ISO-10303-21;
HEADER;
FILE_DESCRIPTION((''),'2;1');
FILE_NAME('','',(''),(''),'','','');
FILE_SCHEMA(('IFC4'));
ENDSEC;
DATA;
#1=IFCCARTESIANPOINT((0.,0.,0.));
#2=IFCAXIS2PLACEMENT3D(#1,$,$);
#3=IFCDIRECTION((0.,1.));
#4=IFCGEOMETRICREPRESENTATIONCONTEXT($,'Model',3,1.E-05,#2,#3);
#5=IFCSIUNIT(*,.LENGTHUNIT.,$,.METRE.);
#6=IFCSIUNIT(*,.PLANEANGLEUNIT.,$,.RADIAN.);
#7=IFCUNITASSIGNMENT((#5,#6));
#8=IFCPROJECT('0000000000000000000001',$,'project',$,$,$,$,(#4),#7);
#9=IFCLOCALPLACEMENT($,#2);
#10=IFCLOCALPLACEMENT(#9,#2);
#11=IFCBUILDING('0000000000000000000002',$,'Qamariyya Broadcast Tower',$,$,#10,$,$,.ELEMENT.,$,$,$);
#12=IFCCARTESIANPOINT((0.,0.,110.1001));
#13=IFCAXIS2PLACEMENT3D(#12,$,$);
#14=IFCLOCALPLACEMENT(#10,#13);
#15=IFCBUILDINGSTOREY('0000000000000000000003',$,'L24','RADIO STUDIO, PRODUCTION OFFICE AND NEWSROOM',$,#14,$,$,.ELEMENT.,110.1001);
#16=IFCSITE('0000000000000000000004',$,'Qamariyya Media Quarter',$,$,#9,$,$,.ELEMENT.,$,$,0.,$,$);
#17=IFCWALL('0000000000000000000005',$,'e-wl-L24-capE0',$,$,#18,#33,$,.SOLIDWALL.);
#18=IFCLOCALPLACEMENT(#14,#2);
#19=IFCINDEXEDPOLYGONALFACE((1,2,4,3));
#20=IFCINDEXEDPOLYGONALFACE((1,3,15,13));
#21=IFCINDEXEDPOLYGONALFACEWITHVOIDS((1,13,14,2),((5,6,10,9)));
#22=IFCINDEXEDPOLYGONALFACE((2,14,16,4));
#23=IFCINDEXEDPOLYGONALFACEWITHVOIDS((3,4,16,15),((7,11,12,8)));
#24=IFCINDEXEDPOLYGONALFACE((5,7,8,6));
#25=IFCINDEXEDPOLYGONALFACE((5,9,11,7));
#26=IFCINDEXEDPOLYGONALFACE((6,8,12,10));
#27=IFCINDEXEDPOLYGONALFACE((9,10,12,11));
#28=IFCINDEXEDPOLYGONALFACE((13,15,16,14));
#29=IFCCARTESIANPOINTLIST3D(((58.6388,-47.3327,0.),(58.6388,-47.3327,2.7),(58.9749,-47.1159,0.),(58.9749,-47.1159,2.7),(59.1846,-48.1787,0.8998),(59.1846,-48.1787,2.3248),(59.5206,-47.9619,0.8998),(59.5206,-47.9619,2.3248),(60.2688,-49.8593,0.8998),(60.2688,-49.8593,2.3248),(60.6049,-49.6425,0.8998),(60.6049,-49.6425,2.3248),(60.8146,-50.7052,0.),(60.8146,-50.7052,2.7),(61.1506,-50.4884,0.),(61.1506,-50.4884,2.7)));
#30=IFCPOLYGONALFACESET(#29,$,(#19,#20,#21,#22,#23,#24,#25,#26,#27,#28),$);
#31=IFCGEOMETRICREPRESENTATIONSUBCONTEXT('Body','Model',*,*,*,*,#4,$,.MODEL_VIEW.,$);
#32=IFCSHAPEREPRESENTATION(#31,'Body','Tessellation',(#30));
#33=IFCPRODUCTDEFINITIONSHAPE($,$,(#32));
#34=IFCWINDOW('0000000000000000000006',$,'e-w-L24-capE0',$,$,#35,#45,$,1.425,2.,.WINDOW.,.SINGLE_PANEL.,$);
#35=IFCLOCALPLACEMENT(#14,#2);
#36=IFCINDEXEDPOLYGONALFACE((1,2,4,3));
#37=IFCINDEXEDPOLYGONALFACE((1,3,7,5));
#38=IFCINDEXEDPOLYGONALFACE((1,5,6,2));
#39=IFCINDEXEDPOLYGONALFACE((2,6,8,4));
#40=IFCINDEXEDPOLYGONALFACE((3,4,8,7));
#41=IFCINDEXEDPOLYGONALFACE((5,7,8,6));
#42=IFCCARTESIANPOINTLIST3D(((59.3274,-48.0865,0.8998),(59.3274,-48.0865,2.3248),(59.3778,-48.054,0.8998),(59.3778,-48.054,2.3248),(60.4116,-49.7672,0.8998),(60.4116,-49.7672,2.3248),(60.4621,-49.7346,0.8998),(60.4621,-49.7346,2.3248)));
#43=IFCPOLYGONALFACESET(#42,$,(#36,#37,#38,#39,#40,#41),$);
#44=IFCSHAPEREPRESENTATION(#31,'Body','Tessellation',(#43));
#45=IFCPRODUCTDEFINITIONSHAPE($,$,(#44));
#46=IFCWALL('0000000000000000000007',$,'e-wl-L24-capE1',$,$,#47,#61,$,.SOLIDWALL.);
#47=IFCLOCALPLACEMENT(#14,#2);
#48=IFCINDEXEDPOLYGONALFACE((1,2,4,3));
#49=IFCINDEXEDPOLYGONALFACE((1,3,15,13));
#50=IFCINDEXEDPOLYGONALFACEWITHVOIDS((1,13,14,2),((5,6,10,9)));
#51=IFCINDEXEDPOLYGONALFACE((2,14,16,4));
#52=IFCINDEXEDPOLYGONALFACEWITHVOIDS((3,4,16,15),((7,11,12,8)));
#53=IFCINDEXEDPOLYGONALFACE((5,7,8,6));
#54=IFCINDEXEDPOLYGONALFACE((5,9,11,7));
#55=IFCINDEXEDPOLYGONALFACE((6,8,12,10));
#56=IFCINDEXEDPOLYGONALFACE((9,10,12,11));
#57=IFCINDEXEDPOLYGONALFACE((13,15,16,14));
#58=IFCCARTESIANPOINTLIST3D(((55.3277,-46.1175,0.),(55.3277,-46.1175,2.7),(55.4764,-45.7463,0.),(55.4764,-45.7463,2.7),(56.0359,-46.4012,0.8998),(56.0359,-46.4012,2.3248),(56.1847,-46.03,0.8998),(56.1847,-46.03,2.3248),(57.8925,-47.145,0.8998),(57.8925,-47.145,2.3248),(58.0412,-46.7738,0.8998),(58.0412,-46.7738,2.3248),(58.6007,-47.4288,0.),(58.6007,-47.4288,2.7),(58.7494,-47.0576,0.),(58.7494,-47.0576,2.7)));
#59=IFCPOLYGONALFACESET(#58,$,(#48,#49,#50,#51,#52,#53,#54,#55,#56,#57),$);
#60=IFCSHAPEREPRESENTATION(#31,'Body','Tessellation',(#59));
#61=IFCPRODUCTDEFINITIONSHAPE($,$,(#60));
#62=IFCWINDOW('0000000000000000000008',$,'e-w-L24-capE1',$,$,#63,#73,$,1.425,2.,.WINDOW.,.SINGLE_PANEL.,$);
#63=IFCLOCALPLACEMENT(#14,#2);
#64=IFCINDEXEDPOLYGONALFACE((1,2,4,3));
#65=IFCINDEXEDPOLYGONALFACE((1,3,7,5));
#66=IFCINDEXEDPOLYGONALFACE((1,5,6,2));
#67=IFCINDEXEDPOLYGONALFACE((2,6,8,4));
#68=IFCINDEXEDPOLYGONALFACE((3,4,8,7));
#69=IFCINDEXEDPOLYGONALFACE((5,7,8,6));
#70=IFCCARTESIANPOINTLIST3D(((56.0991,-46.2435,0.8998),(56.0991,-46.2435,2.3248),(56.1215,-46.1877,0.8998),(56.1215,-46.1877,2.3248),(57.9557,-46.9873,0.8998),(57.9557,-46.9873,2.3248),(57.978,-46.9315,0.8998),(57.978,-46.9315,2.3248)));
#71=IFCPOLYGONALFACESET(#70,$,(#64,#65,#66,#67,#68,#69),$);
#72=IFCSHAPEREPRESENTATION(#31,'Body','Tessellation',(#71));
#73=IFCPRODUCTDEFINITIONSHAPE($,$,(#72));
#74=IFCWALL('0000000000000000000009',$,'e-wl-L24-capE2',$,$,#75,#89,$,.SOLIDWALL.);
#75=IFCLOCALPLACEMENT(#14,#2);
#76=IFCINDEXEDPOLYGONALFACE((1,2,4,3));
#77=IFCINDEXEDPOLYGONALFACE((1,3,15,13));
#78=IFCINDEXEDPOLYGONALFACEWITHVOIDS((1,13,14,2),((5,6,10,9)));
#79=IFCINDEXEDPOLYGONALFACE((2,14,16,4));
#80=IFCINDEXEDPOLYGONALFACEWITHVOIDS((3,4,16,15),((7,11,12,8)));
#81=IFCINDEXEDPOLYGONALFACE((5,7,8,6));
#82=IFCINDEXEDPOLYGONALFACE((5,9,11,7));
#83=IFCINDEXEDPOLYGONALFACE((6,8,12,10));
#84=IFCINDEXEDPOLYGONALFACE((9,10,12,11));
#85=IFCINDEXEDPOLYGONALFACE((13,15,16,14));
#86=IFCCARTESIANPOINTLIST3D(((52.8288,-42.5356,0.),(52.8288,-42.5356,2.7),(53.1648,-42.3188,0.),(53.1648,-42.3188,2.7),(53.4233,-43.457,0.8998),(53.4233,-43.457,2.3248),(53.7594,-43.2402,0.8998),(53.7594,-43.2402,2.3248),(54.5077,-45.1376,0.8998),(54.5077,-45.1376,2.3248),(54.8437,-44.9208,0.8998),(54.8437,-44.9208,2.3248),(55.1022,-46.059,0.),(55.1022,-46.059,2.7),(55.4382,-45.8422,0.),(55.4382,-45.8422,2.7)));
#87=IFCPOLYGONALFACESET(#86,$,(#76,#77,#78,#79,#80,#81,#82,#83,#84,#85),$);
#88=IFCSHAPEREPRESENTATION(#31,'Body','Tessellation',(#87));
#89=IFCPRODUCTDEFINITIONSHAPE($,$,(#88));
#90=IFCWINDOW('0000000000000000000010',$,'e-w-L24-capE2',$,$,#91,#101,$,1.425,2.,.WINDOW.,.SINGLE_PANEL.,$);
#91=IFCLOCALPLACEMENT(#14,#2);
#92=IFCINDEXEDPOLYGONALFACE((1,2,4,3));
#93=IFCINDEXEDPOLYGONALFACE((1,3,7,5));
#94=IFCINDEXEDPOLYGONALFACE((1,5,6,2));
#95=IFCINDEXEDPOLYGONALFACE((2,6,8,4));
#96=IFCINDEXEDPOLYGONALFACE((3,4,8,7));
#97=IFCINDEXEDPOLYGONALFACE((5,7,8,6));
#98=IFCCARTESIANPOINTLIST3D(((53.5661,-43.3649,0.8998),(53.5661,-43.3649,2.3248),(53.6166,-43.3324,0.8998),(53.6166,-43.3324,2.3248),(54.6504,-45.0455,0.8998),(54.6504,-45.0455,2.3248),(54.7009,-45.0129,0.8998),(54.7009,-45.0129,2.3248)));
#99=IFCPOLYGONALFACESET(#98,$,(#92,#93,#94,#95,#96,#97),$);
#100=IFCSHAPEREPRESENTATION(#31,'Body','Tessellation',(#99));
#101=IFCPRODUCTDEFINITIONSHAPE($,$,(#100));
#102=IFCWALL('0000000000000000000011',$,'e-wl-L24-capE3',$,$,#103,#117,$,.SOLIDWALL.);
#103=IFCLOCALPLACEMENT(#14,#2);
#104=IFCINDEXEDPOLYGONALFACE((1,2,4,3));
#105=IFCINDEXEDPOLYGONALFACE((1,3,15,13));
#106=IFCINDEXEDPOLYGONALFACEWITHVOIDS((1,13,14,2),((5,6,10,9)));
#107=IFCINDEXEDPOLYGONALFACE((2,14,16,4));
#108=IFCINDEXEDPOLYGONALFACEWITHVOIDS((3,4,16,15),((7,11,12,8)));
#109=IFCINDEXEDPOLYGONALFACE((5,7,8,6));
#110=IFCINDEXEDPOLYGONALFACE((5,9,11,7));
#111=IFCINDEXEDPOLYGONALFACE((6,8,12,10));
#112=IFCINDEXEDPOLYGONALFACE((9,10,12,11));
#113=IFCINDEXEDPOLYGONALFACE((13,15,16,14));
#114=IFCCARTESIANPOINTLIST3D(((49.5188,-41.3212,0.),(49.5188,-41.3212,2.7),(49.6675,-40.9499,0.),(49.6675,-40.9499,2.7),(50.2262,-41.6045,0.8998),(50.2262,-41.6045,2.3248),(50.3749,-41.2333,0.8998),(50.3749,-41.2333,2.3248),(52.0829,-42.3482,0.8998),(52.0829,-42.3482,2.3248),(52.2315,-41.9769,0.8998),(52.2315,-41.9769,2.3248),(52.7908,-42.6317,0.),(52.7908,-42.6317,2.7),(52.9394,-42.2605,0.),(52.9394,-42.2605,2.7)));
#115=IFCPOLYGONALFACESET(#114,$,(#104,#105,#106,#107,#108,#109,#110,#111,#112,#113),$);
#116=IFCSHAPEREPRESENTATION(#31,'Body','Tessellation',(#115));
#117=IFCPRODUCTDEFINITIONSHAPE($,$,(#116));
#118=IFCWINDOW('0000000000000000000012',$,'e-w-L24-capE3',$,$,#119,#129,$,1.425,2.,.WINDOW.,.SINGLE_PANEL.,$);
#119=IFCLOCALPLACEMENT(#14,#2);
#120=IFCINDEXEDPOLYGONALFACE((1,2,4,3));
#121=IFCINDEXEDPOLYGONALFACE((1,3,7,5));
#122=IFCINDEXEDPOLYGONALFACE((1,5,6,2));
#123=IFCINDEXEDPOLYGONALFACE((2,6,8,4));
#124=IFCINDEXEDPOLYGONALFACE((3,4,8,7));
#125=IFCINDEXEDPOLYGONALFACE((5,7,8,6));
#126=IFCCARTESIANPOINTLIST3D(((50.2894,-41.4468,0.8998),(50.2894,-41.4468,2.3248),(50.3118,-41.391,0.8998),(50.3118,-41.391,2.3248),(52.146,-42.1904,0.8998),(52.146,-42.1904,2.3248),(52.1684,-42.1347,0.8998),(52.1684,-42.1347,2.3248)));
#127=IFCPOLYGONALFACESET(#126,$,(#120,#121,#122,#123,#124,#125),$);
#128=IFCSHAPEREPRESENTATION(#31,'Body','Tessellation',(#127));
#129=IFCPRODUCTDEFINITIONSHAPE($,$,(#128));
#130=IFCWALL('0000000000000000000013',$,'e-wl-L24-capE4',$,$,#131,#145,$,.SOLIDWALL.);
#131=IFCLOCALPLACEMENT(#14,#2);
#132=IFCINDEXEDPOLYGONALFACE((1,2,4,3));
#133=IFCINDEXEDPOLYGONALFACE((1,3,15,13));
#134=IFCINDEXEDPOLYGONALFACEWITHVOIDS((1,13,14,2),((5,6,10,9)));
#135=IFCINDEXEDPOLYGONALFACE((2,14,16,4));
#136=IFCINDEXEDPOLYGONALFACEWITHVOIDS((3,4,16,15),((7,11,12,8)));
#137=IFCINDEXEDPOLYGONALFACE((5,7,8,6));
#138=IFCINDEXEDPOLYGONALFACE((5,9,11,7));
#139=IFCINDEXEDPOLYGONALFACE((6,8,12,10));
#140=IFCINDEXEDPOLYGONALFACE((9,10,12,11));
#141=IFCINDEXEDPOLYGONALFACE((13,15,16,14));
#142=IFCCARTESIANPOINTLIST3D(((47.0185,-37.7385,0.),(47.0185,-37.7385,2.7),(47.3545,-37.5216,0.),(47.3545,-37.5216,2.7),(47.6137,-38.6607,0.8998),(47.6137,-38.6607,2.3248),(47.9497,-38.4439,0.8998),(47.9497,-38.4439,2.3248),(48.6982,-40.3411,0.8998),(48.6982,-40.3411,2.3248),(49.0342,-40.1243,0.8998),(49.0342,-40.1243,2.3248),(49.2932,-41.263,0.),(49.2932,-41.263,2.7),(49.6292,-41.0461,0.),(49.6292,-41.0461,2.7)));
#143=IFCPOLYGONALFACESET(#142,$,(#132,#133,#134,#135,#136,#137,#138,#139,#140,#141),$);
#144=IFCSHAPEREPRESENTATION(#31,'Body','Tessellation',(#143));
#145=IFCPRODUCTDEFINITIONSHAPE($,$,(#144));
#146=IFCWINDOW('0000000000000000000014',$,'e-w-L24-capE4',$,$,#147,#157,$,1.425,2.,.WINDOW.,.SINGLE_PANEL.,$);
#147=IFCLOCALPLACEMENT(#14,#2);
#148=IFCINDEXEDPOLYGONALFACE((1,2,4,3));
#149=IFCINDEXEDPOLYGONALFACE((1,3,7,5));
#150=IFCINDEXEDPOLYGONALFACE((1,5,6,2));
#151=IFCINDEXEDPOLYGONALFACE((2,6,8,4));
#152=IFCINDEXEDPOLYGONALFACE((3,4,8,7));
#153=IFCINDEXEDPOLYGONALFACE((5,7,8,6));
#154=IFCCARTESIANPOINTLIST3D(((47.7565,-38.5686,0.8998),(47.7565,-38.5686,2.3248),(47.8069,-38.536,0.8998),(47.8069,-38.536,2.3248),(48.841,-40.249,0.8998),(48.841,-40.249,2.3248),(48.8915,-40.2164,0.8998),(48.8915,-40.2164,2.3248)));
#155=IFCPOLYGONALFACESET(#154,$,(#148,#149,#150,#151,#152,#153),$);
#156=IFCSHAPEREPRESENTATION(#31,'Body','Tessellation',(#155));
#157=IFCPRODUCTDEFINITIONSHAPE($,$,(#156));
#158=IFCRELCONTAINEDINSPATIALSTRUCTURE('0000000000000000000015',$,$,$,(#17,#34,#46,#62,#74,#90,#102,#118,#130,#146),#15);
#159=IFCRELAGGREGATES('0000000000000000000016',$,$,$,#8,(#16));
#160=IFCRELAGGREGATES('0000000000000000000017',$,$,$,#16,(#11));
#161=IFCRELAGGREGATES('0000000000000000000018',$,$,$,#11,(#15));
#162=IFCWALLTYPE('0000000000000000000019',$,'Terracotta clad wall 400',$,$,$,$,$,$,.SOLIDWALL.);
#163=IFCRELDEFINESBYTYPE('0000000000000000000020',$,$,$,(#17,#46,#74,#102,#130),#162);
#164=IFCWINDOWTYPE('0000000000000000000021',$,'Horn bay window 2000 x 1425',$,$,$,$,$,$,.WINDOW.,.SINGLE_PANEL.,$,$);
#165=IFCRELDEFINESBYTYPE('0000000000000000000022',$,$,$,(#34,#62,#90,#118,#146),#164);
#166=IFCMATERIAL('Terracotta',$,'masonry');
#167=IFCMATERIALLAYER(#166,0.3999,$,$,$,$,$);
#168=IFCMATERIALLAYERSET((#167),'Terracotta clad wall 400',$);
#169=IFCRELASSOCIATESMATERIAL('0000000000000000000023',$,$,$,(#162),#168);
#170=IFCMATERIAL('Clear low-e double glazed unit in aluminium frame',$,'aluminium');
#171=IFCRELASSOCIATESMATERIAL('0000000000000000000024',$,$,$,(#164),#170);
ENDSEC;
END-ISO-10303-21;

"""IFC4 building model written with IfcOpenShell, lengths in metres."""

from ifc_helpers import new_model, si_unit, direction, frame, frame_2d, origin, place, context, subcontext, project, spatial, rectangle, extrude, material, layer, layer_set, type_object, element, fill, save


model = new_model("IFC4")

# Units and contexts
model_context = context("Model", 3, precision=1e-05, world=origin(), true_north=direction((0.0, 1.0)))
body_context = subcontext(model_context, "Body", "Model", "MODEL_VIEW")
ifc_project = project(units=[si_unit("LENGTHUNIT", "METRE"), si_unit("PLANEANGLEUNIT", "RADIAN")], contexts=[model_context])

# Site, building, storey
site_placement = place(None, origin())
site = spatial("IfcSite", under=ifc_project, at=site_placement, Name="Qamariyya Media Quarter", CompositionType="ELEMENT", RefElevation=0.0)
building_placement = place(site_placement, origin())
building = spatial("IfcBuilding", under=site, at=building_placement, Name="Qamariyya Broadcast Tower", CompositionType="ELEMENT")
storey_placement = place(building_placement, frame((0.0, 0.0, 110.1001)))
storey = spatial("IfcBuildingStorey", under=building, at=storey_placement, Name="L24", Description="RADIO STUDIO, PRODUCTION OFFICE AND NEWSROOM", CompositionType="ELEMENT", Elevation=110.1001)

# Walls, openings, windows
ifc_material_1 = material(Name="Terracotta", Category="masonry")
ifc_layer = layer(ifc_material_1, 0.3999)
ifc_layer_set = layer_set([ifc_layer], Name="Terracotta clad wall 400")
wall_type = type_object("IfcWallType", Name="Terracotta clad wall 400", PredefinedType="SOLIDWALL", material=ifc_layer_set)
wall_1_placement = place(storey_placement, frame((60.9827, -50.5969, 0.0), z_axis=(0.0, 0.0, 1.0), x_axis=(-0.542116, 0.840304, 0.0)))
wall_1 = element("IfcWall", 1, at=wall_1_placement, inside=storey, type_object=wall_type, Name="e-wl-L24-capE0", PredefinedType="SOLIDWALL", context=body_context, shape_type="SweptSolid", body=[
    extrude(rectangle(XDim=4.0134, YDim=0.3999, at=frame_2d((2.0068, 0.0))), origin(), (0.0, 0.0, 1.0), 2.7),
])
opening_1_placement = place(wall_1_placement, frame((1.0068, 0.0, 0.8999)))
opening_1 = element("IfcOpeningElement", 2, at=opening_1_placement, cuts=wall_1, PredefinedType="OPENING", context=body_context, shape_type="SweptSolid", body=[
    extrude(rectangle(XDim=2.0, YDim=1.425, at=frame_2d((1.0, 0.7124))), frame((0.0, 0.21, 0.0), z_axis=(0.0, -1.0, 0.0), x_axis=(1.0, 0.0, 0.0)), (0.0, 0.0, 1.0), 0.4199),
])
ifc_material_2 = material(Name="Clear low-e double glazed unit in aluminium frame", Category="aluminium")
window_type = type_object("IfcWindowType", Name="Horn bay window 2000 x 1425", PartitioningType="SINGLE_PANEL", PredefinedType="WINDOW", material=ifc_material_2)
window_1_placement = place(opening_1_placement, origin())
window_1 = element("IfcWindow", 3, at=window_1_placement, inside=storey, type_object=window_type, Name="e-w-L24-capE0", OverallHeight=1.425, OverallWidth=2.0, PartitioningType="SINGLE_PANEL", PredefinedType="WINDOW", context=body_context, shape_type="SweptSolid", body=[
    extrude(rectangle(XDim=2.0, YDim=1.425, at=frame_2d((1.0, 0.7124))), frame((0.0, 0.03, 0.0), z_axis=(0.0, -1.0, 0.0), x_axis=(1.0, 0.0, 0.0)), (0.0, 0.0, 1.0), 0.0601),
])
fill(opening_1, window_1)
wall_2_placement = place(storey_placement, frame((58.675, -47.2432, 0.0), z_axis=(0.0, 0.0, 1.0), x_axis=(-0.928271, 0.371904, 0.0)))
wall_2 = element("IfcWall", 4, at=wall_2_placement, inside=storey, type_object=wall_type, Name="e-wl-L24-capE1", PredefinedType="SOLIDWALL", context=body_context, shape_type="SweptSolid", body=[
    extrude(rectangle(XDim=3.5259, YDim=0.3999, at=frame_2d((1.7629, 0.0))), origin(), (0.0, 0.0, 1.0), 2.7),
])
opening_2_placement = place(wall_2_placement, frame((0.7629, 0.0, 0.8999)))
opening_2 = element("IfcOpeningElement", 5, at=opening_2_placement, cuts=wall_2, PredefinedType="OPENING", context=body_context, shape_type="SweptSolid", body=[
    extrude(rectangle(XDim=2.0, YDim=1.425, at=frame_2d((1.0, 0.7124))), frame((0.0, 0.21, 0.0), z_axis=(0.0, -1.0, 0.0), x_axis=(1.0, 0.0, 0.0)), (0.0, 0.0, 1.0), 0.4199),
])
window_2_placement = place(opening_2_placement, origin())
window_2 = element("IfcWindow", 6, at=window_2_placement, inside=storey, type_object=window_type, Name="e-w-L24-capE1", OverallHeight=1.425, OverallWidth=2.0, PartitioningType="SINGLE_PANEL", PredefinedType="WINDOW", context=body_context, shape_type="SweptSolid", body=[
    extrude(rectangle(XDim=2.0, YDim=1.425, at=frame_2d((1.0, 0.7124))), frame((0.0, 0.03, 0.0), z_axis=(0.0, -1.0, 0.0), x_axis=(1.0, 0.0, 0.0)), (0.0, 0.0, 1.0), 0.0601),
])
fill(opening_2, window_2)
wall_3_placement = place(storey_placement, frame((55.2703, -45.9507, 0.0), z_axis=(0.0, 0.0, 1.0), x_axis=(-0.542169, 0.840269, 0.0)))
wall_3 = element("IfcWall", 7, at=wall_3_placement, inside=storey, type_object=wall_type, Name="e-wl-L24-capE2", PredefinedType="SOLIDWALL", context=body_context, shape_type="SweptSolid", body=[
    extrude(rectangle(XDim=4.1931, YDim=0.3999, at=frame_2d((2.0967, 0.0))), origin(), (0.0, 0.0, 1.0), 2.7),
])
opening_3_placement = place(wall_3_placement, frame((1.0967, 0.0, 0.8999)))
opening_3 = element("IfcOpeningElement", 8, at=opening_3_placement, cuts=wall_3, PredefinedType="OPENING", context=body_context, shape_type="SweptSolid", body=[
    extrude(rectangle(XDim=2.0, YDim=1.425, at=frame_2d((1.0, 0.7124))), frame((0.0, 0.21, 0.0), z_axis=(0.0, -1.0, 0.0), x_axis=(1.0, 0.0, 0.0)), (0.0, 0.0, 1.0), 0.4199),
])
window_3_placement = place(opening_3_placement, origin())
window_3 = element("IfcWindow", 9, at=window_3_placement, inside=storey, type_object=window_type, Name="e-w-L24-capE2", OverallHeight=1.425, OverallWidth=2.0, PartitioningType="SINGLE_PANEL", PredefinedType="WINDOW", context=body_context, shape_type="SweptSolid", body=[
    extrude(rectangle(XDim=2.0, YDim=1.425, at=frame_2d((1.0, 0.7124))), frame((0.0, 0.03, 0.0), z_axis=(0.0, -1.0, 0.0), x_axis=(1.0, 0.0, 0.0)), (0.0, 0.0, 1.0), 0.0601),
])
fill(opening_3, window_3)
wall_4_placement = place(storey_placement, frame((52.865, -42.446, 0.0), z_axis=(0.0, 0.0, 1.0), x_axis=(-0.928305, 0.371821, 0.0)))
wall_4 = element("IfcWall", 10, at=wall_4_placement, inside=storey, type_object=wall_type, Name="e-wl-L24-capE3", PredefinedType="SOLIDWALL", context=body_context, shape_type="SweptSolid", body=[
    extrude(rectangle(XDim=3.5247, YDim=0.3999, at=frame_2d((1.7622, 0.0))), origin(), (0.0, 0.0, 1.0), 2.7),
])
opening_4_placement = place(wall_4_placement, frame((0.7625, 0.0, 0.8999)))
opening_4 = element("IfcOpeningElement", 11, at=opening_4_placement, cuts=wall_4, PredefinedType="OPENING", context=body_context, shape_type="SweptSolid", body=[
    extrude(rectangle(XDim=2.0, YDim=1.425, at=frame_2d((1.0, 0.7124))), frame((0.0, 0.21, 0.0), z_axis=(0.0, -1.0, 0.0), x_axis=(1.0, 0.0, 0.0)), (0.0, 0.0, 1.0), 0.4199),
])
window_4_placement = place(opening_4_placement, origin())
window_4 = element("IfcWindow", 12, at=window_4_placement, inside=storey, type_object=window_type, Name="e-w-L24-capE3", OverallHeight=1.425, OverallWidth=2.0, PartitioningType="SINGLE_PANEL", PredefinedType="WINDOW", context=body_context, shape_type="SweptSolid", body=[
    extrude(rectangle(XDim=2.0, YDim=1.425, at=frame_2d((1.0, 0.7124))), frame((0.0, 0.03, 0.0), z_axis=(0.0, -1.0, 0.0), x_axis=(1.0, 0.0, 0.0)), (0.0, 0.0, 1.0), 0.0601),
])
fill(opening_4, window_4)
wall_5_placement = place(storey_placement, frame((49.4612, -41.1545, 0.0), z_axis=(0.0, 0.0, 1.0), x_axis=(-0.542269, 0.840205, 0.0)))
wall_5 = element("IfcWall", 13, at=wall_5_placement, inside=storey, type_object=wall_type, Name="e-wl-L24-capE4", PredefinedType="SOLIDWALL", context=body_context, shape_type="SweptSolid", body=[
    extrude(rectangle(XDim=4.1948, YDim=0.3999, at=frame_2d((2.0974, 0.0))), origin(), (0.0, 0.0, 1.0), 2.7),
])
opening_5_placement = place(wall_5_placement, frame((1.0972, 0.0, 0.8999)))
opening_5 = element("IfcOpeningElement", 14, at=opening_5_placement, cuts=wall_5, PredefinedType="OPENING", context=body_context, shape_type="SweptSolid", body=[
    extrude(rectangle(XDim=2.0, YDim=1.425, at=frame_2d((1.0, 0.7124))), frame((0.0, 0.21, 0.0), z_axis=(0.0, -1.0, 0.0), x_axis=(1.0, 0.0, 0.0)), (0.0, 0.0, 1.0), 0.4199),
])
window_5_placement = place(opening_5_placement, origin())
window_5 = element("IfcWindow", 15, at=window_5_placement, inside=storey, type_object=window_type, Name="e-w-L24-capE4", OverallHeight=1.425, OverallWidth=2.0, PartitioningType="SINGLE_PANEL", PredefinedType="WINDOW", context=body_context, shape_type="SweptSolid", body=[
    extrude(rectangle(XDim=2.0, YDim=1.425, at=frame_2d((1.0, 0.7124))), frame((0.0, 0.03, 0.0), z_axis=(0.0, -1.0, 0.0), x_axis=(1.0, 0.0, 0.0)), (0.0, 0.0, 1.0), 0.0601),
])
fill(opening_5, window_5)

save(model, "model.ifc")
